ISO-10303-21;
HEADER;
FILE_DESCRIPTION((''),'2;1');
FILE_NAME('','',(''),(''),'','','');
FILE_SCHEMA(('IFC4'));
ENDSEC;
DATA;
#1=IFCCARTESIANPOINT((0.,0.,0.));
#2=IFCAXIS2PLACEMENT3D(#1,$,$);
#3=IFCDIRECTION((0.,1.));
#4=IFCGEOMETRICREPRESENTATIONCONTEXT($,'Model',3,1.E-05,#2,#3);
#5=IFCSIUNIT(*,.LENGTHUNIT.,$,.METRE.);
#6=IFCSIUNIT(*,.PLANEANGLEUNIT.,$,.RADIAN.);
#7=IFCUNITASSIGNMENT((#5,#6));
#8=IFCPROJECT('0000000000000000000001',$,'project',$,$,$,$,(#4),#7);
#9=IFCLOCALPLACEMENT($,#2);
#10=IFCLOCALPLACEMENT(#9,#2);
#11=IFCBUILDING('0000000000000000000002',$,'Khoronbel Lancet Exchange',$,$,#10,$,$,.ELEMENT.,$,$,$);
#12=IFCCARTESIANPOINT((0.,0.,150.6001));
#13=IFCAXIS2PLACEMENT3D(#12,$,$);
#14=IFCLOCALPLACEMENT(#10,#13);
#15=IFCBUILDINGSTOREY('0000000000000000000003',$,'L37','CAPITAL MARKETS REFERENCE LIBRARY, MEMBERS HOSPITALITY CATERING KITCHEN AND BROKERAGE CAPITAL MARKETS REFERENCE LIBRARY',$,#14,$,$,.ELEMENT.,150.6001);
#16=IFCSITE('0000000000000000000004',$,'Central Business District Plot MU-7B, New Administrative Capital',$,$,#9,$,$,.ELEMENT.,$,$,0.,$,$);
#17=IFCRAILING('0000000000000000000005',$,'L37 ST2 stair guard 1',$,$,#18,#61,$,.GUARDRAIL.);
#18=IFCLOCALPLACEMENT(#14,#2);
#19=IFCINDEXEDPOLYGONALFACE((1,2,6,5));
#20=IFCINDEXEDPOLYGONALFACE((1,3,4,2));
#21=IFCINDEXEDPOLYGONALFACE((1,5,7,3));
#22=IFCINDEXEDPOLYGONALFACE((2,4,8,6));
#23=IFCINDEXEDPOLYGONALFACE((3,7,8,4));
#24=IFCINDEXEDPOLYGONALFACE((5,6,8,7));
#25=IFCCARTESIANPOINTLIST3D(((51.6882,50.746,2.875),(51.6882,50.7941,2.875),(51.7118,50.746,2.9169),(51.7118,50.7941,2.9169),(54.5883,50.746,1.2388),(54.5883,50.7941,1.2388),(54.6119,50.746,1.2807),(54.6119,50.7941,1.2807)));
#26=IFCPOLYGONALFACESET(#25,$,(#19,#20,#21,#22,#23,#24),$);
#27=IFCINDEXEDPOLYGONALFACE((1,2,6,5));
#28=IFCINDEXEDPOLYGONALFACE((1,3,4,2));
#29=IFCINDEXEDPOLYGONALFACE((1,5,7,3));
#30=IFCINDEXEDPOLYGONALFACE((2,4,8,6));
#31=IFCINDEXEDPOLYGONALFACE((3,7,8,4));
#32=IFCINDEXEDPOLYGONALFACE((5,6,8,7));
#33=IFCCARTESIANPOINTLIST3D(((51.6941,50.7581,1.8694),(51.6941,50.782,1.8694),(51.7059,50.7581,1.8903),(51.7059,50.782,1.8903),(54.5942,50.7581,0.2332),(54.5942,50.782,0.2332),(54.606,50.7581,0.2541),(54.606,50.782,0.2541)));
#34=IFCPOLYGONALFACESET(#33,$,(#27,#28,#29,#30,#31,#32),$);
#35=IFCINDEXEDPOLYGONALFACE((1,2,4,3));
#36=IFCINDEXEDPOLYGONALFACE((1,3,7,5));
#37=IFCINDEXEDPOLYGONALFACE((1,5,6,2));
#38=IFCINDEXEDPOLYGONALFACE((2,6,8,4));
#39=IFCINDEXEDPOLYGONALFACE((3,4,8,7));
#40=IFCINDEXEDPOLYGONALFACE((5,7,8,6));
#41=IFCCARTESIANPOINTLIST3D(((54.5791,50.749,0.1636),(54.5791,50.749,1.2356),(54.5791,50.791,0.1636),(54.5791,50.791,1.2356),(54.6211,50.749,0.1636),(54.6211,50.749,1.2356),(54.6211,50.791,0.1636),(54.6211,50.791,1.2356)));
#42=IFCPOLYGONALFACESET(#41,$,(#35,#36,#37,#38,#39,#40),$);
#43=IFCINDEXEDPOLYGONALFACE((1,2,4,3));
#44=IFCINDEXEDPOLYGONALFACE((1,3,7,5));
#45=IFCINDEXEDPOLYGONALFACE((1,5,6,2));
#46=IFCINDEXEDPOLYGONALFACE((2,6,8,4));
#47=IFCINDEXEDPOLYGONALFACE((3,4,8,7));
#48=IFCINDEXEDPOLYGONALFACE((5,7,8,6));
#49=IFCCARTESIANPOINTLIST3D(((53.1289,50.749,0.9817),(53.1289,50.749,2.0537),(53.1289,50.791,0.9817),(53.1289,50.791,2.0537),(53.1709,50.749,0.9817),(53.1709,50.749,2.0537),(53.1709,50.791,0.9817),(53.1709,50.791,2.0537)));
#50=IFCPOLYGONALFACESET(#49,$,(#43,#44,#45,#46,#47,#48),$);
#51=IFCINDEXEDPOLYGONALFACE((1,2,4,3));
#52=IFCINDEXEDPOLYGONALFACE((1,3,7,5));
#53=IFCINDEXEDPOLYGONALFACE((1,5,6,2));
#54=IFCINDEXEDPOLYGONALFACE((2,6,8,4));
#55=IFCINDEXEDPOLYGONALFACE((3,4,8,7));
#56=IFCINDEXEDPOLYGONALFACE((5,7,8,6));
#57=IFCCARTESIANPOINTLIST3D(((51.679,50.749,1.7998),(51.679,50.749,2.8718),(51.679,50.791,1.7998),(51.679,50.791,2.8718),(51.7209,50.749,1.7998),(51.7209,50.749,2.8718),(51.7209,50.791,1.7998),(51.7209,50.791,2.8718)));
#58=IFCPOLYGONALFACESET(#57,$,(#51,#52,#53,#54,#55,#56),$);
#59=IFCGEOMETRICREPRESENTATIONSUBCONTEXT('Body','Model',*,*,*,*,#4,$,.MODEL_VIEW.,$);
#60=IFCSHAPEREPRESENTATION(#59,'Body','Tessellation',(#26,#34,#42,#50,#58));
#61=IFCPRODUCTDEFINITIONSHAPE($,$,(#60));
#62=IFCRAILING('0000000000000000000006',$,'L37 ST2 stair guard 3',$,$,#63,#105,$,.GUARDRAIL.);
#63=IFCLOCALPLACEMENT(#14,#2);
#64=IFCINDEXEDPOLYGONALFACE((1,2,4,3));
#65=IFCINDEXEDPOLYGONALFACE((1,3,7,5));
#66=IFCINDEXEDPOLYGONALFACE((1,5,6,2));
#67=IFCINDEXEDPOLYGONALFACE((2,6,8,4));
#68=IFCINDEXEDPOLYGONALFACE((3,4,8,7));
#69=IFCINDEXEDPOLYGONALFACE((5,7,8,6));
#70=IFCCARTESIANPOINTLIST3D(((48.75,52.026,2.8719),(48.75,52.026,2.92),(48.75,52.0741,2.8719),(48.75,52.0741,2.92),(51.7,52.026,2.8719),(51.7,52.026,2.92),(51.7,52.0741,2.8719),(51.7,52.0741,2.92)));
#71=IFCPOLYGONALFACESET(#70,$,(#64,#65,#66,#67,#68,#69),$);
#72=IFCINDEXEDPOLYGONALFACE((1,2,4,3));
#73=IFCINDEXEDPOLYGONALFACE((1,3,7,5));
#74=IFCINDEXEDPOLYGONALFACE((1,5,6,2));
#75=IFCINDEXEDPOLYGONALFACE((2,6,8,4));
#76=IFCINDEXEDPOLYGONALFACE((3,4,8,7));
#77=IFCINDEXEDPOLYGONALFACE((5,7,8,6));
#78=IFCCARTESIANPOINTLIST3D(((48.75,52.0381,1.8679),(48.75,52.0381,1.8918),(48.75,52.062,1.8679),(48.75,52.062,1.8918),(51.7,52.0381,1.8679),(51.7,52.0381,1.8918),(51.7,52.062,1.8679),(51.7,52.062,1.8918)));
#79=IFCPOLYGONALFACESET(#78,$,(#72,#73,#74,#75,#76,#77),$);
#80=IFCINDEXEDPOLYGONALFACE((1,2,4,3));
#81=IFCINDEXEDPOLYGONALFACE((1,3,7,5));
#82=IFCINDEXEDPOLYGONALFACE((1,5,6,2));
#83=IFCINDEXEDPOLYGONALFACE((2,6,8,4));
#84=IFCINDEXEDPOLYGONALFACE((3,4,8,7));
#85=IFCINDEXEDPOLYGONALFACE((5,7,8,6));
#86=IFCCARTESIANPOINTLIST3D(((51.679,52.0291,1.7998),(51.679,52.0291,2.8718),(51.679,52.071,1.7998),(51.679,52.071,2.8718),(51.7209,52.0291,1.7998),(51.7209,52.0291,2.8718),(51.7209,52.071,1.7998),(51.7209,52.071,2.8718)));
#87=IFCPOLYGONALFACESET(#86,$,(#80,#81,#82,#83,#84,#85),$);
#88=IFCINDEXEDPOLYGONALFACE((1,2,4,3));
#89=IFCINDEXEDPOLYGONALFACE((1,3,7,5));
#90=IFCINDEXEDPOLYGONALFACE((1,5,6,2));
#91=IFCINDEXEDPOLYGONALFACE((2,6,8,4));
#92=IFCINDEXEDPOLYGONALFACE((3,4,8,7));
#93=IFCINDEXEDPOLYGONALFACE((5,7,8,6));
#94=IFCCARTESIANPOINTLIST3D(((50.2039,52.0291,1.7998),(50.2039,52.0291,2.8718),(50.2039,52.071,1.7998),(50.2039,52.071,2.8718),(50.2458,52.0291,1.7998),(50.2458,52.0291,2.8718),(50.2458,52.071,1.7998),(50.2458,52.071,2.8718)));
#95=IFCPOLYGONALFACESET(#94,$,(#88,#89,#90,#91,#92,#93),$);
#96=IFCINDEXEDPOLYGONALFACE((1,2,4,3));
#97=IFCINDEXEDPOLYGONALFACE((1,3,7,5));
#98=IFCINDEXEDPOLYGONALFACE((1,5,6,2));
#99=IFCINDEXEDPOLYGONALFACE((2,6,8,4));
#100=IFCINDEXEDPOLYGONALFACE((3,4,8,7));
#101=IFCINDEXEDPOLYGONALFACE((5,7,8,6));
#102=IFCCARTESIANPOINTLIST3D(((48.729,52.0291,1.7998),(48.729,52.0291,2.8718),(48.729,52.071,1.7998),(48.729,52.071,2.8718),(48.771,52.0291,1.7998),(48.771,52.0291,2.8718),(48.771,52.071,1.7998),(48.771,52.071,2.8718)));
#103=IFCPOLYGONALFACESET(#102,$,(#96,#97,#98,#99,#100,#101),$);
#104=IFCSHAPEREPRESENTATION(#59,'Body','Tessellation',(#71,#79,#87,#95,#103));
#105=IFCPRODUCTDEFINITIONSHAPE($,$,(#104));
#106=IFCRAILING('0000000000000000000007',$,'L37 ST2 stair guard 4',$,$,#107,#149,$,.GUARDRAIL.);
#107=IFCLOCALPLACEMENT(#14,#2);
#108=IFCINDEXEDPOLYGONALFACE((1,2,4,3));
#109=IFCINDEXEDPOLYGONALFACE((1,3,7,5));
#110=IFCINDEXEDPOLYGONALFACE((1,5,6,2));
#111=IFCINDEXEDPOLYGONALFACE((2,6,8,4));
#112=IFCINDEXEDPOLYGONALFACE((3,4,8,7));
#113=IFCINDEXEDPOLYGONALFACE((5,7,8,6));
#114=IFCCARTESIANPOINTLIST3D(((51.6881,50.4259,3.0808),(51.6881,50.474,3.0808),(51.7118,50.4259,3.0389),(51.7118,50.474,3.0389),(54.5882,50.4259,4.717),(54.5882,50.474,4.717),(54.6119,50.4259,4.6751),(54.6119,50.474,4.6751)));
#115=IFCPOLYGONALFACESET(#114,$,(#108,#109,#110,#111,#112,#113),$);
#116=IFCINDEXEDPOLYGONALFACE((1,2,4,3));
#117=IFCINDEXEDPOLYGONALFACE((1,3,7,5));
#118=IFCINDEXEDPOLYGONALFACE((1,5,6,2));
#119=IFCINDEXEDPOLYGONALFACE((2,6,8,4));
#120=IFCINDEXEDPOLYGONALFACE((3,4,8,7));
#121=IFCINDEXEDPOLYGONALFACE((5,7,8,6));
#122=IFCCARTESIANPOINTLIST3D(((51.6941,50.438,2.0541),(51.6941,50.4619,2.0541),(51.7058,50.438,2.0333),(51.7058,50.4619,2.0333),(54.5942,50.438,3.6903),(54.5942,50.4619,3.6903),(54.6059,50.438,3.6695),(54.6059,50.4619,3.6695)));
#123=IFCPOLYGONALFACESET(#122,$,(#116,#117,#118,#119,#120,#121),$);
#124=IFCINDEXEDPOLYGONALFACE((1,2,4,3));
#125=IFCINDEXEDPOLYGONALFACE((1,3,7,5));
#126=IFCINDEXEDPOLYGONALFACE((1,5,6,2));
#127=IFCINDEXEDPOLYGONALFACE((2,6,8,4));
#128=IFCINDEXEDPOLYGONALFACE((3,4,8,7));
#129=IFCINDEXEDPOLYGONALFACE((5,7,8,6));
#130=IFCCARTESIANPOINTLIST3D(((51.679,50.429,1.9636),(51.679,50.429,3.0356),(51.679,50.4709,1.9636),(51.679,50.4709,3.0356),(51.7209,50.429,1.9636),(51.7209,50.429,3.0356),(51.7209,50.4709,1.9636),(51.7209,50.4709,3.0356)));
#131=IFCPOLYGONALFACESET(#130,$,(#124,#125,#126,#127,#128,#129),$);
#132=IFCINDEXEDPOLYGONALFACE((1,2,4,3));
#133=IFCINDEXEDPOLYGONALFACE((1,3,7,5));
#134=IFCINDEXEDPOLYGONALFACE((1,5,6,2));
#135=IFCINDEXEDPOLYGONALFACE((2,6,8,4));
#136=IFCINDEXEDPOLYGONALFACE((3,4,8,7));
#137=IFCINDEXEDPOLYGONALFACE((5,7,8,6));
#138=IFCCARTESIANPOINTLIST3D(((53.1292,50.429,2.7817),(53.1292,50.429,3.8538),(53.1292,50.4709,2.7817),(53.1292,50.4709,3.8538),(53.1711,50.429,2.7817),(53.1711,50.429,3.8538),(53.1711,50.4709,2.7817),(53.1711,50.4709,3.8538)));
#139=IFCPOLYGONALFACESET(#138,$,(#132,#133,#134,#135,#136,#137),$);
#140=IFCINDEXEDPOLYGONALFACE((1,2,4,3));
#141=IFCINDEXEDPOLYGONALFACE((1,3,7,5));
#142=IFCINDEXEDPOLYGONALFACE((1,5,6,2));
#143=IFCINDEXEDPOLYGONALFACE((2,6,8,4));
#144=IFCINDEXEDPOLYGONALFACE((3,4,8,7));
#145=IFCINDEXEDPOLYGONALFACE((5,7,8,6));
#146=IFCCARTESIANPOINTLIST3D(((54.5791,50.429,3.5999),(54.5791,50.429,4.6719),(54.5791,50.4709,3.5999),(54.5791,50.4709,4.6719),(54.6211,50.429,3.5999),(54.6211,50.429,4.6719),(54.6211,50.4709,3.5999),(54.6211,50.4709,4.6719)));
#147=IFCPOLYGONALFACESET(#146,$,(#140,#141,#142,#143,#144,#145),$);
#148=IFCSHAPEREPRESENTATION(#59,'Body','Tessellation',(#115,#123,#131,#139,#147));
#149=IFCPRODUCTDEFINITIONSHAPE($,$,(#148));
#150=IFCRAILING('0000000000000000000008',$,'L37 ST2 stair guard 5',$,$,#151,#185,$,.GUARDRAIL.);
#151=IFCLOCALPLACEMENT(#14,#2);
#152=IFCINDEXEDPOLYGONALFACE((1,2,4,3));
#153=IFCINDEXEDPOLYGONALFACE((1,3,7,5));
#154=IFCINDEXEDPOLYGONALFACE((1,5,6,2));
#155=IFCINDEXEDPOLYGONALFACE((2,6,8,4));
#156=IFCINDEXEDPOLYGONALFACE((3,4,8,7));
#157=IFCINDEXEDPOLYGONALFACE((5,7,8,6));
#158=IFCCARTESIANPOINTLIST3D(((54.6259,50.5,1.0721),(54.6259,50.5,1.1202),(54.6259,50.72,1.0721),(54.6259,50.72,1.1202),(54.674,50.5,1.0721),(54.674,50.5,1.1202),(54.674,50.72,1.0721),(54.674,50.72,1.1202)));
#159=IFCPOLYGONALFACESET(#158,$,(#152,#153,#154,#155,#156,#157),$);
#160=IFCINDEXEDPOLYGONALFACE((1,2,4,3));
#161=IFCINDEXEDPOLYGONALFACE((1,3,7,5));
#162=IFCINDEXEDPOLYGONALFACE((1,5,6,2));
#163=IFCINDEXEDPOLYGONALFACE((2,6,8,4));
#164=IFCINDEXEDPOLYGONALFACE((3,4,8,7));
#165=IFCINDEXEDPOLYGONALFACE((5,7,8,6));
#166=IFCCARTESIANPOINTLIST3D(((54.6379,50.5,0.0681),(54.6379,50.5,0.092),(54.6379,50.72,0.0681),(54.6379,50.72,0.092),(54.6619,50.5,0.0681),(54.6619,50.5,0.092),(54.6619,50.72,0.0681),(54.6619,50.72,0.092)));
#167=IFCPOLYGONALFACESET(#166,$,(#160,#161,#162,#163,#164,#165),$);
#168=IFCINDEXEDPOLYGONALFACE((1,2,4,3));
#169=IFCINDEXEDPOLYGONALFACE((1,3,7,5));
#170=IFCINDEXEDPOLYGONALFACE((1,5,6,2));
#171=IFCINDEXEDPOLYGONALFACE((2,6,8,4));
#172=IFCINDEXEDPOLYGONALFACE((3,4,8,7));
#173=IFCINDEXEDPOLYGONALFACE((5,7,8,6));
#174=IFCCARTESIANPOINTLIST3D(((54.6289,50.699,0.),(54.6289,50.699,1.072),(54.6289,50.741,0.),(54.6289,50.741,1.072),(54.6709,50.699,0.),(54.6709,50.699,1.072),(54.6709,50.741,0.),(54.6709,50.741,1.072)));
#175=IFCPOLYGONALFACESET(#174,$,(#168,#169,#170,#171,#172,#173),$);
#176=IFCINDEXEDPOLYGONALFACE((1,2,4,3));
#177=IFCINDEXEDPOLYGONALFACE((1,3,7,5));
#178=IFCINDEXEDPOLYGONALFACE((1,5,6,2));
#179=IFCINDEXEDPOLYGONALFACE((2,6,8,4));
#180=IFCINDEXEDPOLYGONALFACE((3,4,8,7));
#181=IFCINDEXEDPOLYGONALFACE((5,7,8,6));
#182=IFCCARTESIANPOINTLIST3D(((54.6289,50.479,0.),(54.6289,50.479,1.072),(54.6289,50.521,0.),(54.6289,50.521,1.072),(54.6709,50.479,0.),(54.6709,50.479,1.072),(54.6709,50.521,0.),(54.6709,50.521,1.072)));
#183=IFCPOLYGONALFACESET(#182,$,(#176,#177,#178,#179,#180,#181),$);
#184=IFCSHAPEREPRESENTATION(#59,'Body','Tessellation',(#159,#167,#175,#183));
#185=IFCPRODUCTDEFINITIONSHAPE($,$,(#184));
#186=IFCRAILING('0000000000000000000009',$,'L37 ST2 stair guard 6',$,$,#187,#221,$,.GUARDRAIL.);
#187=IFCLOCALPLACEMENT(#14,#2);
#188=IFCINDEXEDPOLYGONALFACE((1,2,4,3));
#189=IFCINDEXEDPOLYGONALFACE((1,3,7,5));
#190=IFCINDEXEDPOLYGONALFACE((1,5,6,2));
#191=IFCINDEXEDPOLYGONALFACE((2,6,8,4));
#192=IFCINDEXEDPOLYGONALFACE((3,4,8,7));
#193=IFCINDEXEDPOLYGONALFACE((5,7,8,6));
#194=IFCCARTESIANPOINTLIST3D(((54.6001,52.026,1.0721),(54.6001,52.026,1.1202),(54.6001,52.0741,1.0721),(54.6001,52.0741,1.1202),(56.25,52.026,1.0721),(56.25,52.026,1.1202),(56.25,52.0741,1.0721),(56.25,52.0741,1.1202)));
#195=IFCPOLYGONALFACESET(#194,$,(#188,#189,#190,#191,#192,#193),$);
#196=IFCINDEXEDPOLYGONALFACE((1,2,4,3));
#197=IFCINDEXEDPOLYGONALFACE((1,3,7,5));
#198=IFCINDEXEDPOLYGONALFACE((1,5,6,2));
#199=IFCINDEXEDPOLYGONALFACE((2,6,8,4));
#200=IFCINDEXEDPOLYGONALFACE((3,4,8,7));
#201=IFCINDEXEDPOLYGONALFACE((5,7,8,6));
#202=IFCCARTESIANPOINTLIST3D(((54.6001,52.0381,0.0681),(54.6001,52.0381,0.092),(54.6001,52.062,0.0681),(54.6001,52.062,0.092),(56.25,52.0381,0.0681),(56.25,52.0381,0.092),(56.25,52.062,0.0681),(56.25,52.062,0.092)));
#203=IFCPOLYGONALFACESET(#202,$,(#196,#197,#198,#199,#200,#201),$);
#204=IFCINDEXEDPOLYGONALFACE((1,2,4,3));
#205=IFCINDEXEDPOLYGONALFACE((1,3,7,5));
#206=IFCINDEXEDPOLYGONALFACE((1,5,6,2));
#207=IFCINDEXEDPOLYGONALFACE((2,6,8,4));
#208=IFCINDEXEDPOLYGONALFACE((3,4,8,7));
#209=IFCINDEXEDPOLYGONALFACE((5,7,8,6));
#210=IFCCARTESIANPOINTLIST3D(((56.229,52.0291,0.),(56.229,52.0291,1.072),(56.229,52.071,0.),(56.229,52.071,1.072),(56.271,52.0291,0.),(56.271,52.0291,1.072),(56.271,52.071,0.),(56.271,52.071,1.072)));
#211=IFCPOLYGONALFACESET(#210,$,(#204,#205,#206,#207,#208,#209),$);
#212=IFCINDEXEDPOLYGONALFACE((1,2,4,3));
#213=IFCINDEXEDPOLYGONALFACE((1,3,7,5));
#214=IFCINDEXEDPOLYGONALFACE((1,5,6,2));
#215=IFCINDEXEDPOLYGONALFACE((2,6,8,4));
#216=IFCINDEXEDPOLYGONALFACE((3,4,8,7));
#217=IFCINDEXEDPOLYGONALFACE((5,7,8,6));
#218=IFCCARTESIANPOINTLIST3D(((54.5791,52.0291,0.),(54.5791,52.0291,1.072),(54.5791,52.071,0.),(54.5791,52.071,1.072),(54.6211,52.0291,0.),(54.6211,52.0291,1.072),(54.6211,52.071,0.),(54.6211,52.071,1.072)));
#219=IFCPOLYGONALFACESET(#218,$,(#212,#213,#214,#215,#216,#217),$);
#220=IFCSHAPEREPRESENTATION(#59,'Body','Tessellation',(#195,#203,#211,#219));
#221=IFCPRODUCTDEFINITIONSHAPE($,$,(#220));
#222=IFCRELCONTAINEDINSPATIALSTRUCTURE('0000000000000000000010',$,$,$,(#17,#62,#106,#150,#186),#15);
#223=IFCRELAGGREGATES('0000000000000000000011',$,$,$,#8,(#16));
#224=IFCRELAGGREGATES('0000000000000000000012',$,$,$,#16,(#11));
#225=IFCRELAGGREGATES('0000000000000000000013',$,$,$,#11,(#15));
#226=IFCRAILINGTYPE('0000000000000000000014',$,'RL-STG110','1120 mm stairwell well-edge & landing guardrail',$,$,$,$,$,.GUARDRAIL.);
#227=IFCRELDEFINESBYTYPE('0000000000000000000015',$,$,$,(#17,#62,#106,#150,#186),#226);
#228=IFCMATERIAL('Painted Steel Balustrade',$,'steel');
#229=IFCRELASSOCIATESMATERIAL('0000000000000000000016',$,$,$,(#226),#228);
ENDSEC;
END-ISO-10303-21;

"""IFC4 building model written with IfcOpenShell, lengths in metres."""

from ifc_helpers import new_model, si_unit, direction, frame, origin, origin_2d, place, context, subcontext, project, spatial, rectangle, extrude, material, type_object, element, save


model = new_model("IFC4")

# Units and contexts
model_context = context("Model", 3, precision=1e-05, world=origin(), true_north=direction((0.0, 1.0)))
body_context = subcontext(model_context, "Body", "Model", "MODEL_VIEW")
ifc_project = project(units=[si_unit("LENGTHUNIT", "METRE"), si_unit("PLANEANGLEUNIT", "RADIAN")], contexts=[model_context])

# Site, building, storey
site_placement = place(None, origin())
site = spatial("IfcSite", under=ifc_project, at=site_placement, Name="Central Business District Plot MU-7B, New Administrative Capital", CompositionType="ELEMENT", RefElevation=0.0)
building_placement = place(site_placement, origin())
building = spatial("IfcBuilding", under=site, at=building_placement, Name="Khoronbel Lancet Exchange", CompositionType="ELEMENT")
storey_placement = place(building_placement, frame((0.0, 0.0, 150.6001)))
storey = spatial("IfcBuildingStorey", under=building, at=storey_placement, Name="L37", Description="CAPITAL MARKETS REFERENCE LIBRARY, MEMBERS HOSPITALITY CATERING KITCHEN AND BROKERAGE CAPITAL MARKETS REFERENCE LIBRARY", CompositionType="ELEMENT", Elevation=150.6001)

# Railings
ifc_material_1 = material(Name="Painted Steel Balustrade", Category="steel")
railing_type_1 = type_object("IfcRailingType", Name="RL-STG110", Description="1120 mm stairwell well-edge & landing guardrail", PredefinedType="GUARDRAIL", material=ifc_material_1)
railing_1_placement = place(storey_placement, frame((54.6001, 50.77, 0.1636)))
element("IfcRailing", 1, at=railing_1_placement, inside=storey, type_object=railing_type_1, Name="L37 ST2 stair guard 1", PredefinedType="GUARDRAIL", context=body_context, shape_type="SweptSolid", body=[
    extrude(rectangle(XDim=0.0481, YDim=0.0481, at=origin_2d()), frame((0.0, 0.0, 1.0962), z_axis=(-0.870946, 0.0, 0.491378), x_axis=(0.0, -1.0, 0.0)), (0.0, 0.0, 1.0), 3.3298),
    extrude(rectangle(XDim=0.0239, YDim=0.0239, at=origin_2d()), frame((0.0, 0.0, 0.0801), z_axis=(-0.870946, 0.0, 0.491378), x_axis=(0.0, -1.0, 0.0)), (0.0, 0.0, 1.0), 3.3298),
    extrude(rectangle(XDim=0.042, YDim=0.042, at=origin_2d()), origin(), (0.0, 0.0, 1.0), 1.072),
    extrude(rectangle(XDim=0.042, YDim=0.042, at=origin_2d()), frame((-1.4502, 0.0, 0.8181)), (0.0, 0.0, 1.0), 1.072),
    extrude(rectangle(XDim=0.042, YDim=0.042, at=origin_2d()), frame((-2.9001, 0.0, 1.6362)), (0.0, 0.0, 1.0), 1.072),
])
railing_2_placement = place(storey_placement, frame((51.7, 52.05, 1.7998)))
element("IfcRailing", 2, at=railing_2_placement, inside=storey, type_object=railing_type_1, Name="L37 ST2 stair guard 3", PredefinedType="GUARDRAIL", context=body_context, shape_type="SweptSolid", body=[
    extrude(rectangle(XDim=0.0481, YDim=0.0481, at=origin_2d()), frame((0.0, 0.0, 1.0962), z_axis=(-1.0, 0.0, 0.0), x_axis=(0.0, -1.0, 0.0)), (0.0, 0.0, 1.0), 2.95),
    extrude(rectangle(XDim=0.0239, YDim=0.0239, at=origin_2d()), frame((0.0, 0.0, 0.0801), z_axis=(-1.0, 0.0, 0.0), x_axis=(0.0, -1.0, 0.0)), (0.0, 0.0, 1.0), 2.95),
    extrude(rectangle(XDim=0.042, YDim=0.042, at=origin_2d()), origin(), (0.0, 0.0, 1.0), 1.072),
    extrude(rectangle(XDim=0.042, YDim=0.042, at=origin_2d()), frame((-1.4751, 0.0, 0.0)), (0.0, 0.0, 1.0), 1.072),
    extrude(rectangle(XDim=0.042, YDim=0.042, at=origin_2d()), frame((-2.95, 0.0, 0.0)), (0.0, 0.0, 1.0), 1.072),
])
railing_3_placement = place(storey_placement, frame((51.7, 50.45, 1.9636)))
element("IfcRailing", 3, at=railing_3_placement, inside=storey, type_object=railing_type_1, Name="L37 ST2 stair guard 4", PredefinedType="GUARDRAIL", context=body_context, shape_type="SweptSolid", body=[
    extrude(rectangle(XDim=0.0481, YDim=0.0481, at=origin_2d()), frame((0.0, 0.0, 1.0962), z_axis=(0.870946, 0.0, 0.491378), x_axis=(0.0, 1.0, 0.0)), (0.0, 0.0, 1.0), 3.3298),
    extrude(rectangle(XDim=0.0239, YDim=0.0239, at=origin_2d()), frame((0.0, 0.0, 0.0801), z_axis=(0.870946, 0.0, 0.491378), x_axis=(0.0, 1.0, 0.0)), (0.0, 0.0, 1.0), 3.3298),
    extrude(rectangle(XDim=0.042, YDim=0.042, at=origin_2d()), origin(), (0.0, 0.0, 1.0), 1.072),
    extrude(rectangle(XDim=0.042, YDim=0.042, at=origin_2d()), frame((1.4502, 0.0, 0.8181)), (0.0, 0.0, 1.0), 1.072),
    extrude(rectangle(XDim=0.042, YDim=0.042, at=origin_2d()), frame((2.9001, 0.0, 1.6362)), (0.0, 0.0, 1.0), 1.072),
])
railing_4_placement = place(storey_placement, frame((54.6499, 50.72, 0.0)))
element("IfcRailing", 4, at=railing_4_placement, inside=storey, type_object=railing_type_1, Name="L37 ST2 stair guard 5", PredefinedType="GUARDRAIL", context=body_context, shape_type="SweptSolid", body=[
    extrude(rectangle(XDim=0.0481, YDim=0.0481, at=origin_2d()), frame((0.0, 0.0, 1.0962), z_axis=(0.0, -1.0, 0.0), x_axis=(1.0, 0.0, 0.0)), (0.0, 0.0, 1.0), 0.22),
    extrude(rectangle(XDim=0.0239, YDim=0.0239, at=origin_2d()), frame((0.0, 0.0, 0.0801), z_axis=(0.0, -1.0, 0.0), x_axis=(1.0, 0.0, 0.0)), (0.0, 0.0, 1.0), 0.22),
    extrude(rectangle(XDim=0.042, YDim=0.042, at=origin_2d()), origin(), (0.0, 0.0, 1.0), 1.072),
    extrude(rectangle(XDim=0.042, YDim=0.042, at=origin_2d()), frame((0.0, -0.22, 0.0)), (0.0, 0.0, 1.0), 1.072),
])
railing_5_placement = place(storey_placement, frame((56.25, 52.05, 0.0)))
element("IfcRailing", 5, at=railing_5_placement, inside=storey, type_object=railing_type_1, Name="L37 ST2 stair guard 6", PredefinedType="GUARDRAIL", context=body_context, shape_type="SweptSolid", body=[
    extrude(rectangle(XDim=0.0481, YDim=0.0481, at=origin_2d()), frame((0.0, 0.0, 1.0962), z_axis=(-1.0, 0.0, 0.0), x_axis=(0.0, -1.0, 0.0)), (0.0, 0.0, 1.0), 1.6499),
    extrude(rectangle(XDim=0.0239, YDim=0.0239, at=origin_2d()), frame((0.0, 0.0, 0.0801), z_axis=(-1.0, 0.0, 0.0), x_axis=(0.0, -1.0, 0.0)), (0.0, 0.0, 1.0), 1.6499),
    extrude(rectangle(XDim=0.042, YDim=0.042, at=origin_2d()), origin(), (0.0, 0.0, 1.0), 1.072),
    extrude(rectangle(XDim=0.042, YDim=0.042, at=origin_2d()), frame((-1.6499, 0.0, 0.0)), (0.0, 0.0, 1.0), 1.072),
])

save(model, "model.ifc")
